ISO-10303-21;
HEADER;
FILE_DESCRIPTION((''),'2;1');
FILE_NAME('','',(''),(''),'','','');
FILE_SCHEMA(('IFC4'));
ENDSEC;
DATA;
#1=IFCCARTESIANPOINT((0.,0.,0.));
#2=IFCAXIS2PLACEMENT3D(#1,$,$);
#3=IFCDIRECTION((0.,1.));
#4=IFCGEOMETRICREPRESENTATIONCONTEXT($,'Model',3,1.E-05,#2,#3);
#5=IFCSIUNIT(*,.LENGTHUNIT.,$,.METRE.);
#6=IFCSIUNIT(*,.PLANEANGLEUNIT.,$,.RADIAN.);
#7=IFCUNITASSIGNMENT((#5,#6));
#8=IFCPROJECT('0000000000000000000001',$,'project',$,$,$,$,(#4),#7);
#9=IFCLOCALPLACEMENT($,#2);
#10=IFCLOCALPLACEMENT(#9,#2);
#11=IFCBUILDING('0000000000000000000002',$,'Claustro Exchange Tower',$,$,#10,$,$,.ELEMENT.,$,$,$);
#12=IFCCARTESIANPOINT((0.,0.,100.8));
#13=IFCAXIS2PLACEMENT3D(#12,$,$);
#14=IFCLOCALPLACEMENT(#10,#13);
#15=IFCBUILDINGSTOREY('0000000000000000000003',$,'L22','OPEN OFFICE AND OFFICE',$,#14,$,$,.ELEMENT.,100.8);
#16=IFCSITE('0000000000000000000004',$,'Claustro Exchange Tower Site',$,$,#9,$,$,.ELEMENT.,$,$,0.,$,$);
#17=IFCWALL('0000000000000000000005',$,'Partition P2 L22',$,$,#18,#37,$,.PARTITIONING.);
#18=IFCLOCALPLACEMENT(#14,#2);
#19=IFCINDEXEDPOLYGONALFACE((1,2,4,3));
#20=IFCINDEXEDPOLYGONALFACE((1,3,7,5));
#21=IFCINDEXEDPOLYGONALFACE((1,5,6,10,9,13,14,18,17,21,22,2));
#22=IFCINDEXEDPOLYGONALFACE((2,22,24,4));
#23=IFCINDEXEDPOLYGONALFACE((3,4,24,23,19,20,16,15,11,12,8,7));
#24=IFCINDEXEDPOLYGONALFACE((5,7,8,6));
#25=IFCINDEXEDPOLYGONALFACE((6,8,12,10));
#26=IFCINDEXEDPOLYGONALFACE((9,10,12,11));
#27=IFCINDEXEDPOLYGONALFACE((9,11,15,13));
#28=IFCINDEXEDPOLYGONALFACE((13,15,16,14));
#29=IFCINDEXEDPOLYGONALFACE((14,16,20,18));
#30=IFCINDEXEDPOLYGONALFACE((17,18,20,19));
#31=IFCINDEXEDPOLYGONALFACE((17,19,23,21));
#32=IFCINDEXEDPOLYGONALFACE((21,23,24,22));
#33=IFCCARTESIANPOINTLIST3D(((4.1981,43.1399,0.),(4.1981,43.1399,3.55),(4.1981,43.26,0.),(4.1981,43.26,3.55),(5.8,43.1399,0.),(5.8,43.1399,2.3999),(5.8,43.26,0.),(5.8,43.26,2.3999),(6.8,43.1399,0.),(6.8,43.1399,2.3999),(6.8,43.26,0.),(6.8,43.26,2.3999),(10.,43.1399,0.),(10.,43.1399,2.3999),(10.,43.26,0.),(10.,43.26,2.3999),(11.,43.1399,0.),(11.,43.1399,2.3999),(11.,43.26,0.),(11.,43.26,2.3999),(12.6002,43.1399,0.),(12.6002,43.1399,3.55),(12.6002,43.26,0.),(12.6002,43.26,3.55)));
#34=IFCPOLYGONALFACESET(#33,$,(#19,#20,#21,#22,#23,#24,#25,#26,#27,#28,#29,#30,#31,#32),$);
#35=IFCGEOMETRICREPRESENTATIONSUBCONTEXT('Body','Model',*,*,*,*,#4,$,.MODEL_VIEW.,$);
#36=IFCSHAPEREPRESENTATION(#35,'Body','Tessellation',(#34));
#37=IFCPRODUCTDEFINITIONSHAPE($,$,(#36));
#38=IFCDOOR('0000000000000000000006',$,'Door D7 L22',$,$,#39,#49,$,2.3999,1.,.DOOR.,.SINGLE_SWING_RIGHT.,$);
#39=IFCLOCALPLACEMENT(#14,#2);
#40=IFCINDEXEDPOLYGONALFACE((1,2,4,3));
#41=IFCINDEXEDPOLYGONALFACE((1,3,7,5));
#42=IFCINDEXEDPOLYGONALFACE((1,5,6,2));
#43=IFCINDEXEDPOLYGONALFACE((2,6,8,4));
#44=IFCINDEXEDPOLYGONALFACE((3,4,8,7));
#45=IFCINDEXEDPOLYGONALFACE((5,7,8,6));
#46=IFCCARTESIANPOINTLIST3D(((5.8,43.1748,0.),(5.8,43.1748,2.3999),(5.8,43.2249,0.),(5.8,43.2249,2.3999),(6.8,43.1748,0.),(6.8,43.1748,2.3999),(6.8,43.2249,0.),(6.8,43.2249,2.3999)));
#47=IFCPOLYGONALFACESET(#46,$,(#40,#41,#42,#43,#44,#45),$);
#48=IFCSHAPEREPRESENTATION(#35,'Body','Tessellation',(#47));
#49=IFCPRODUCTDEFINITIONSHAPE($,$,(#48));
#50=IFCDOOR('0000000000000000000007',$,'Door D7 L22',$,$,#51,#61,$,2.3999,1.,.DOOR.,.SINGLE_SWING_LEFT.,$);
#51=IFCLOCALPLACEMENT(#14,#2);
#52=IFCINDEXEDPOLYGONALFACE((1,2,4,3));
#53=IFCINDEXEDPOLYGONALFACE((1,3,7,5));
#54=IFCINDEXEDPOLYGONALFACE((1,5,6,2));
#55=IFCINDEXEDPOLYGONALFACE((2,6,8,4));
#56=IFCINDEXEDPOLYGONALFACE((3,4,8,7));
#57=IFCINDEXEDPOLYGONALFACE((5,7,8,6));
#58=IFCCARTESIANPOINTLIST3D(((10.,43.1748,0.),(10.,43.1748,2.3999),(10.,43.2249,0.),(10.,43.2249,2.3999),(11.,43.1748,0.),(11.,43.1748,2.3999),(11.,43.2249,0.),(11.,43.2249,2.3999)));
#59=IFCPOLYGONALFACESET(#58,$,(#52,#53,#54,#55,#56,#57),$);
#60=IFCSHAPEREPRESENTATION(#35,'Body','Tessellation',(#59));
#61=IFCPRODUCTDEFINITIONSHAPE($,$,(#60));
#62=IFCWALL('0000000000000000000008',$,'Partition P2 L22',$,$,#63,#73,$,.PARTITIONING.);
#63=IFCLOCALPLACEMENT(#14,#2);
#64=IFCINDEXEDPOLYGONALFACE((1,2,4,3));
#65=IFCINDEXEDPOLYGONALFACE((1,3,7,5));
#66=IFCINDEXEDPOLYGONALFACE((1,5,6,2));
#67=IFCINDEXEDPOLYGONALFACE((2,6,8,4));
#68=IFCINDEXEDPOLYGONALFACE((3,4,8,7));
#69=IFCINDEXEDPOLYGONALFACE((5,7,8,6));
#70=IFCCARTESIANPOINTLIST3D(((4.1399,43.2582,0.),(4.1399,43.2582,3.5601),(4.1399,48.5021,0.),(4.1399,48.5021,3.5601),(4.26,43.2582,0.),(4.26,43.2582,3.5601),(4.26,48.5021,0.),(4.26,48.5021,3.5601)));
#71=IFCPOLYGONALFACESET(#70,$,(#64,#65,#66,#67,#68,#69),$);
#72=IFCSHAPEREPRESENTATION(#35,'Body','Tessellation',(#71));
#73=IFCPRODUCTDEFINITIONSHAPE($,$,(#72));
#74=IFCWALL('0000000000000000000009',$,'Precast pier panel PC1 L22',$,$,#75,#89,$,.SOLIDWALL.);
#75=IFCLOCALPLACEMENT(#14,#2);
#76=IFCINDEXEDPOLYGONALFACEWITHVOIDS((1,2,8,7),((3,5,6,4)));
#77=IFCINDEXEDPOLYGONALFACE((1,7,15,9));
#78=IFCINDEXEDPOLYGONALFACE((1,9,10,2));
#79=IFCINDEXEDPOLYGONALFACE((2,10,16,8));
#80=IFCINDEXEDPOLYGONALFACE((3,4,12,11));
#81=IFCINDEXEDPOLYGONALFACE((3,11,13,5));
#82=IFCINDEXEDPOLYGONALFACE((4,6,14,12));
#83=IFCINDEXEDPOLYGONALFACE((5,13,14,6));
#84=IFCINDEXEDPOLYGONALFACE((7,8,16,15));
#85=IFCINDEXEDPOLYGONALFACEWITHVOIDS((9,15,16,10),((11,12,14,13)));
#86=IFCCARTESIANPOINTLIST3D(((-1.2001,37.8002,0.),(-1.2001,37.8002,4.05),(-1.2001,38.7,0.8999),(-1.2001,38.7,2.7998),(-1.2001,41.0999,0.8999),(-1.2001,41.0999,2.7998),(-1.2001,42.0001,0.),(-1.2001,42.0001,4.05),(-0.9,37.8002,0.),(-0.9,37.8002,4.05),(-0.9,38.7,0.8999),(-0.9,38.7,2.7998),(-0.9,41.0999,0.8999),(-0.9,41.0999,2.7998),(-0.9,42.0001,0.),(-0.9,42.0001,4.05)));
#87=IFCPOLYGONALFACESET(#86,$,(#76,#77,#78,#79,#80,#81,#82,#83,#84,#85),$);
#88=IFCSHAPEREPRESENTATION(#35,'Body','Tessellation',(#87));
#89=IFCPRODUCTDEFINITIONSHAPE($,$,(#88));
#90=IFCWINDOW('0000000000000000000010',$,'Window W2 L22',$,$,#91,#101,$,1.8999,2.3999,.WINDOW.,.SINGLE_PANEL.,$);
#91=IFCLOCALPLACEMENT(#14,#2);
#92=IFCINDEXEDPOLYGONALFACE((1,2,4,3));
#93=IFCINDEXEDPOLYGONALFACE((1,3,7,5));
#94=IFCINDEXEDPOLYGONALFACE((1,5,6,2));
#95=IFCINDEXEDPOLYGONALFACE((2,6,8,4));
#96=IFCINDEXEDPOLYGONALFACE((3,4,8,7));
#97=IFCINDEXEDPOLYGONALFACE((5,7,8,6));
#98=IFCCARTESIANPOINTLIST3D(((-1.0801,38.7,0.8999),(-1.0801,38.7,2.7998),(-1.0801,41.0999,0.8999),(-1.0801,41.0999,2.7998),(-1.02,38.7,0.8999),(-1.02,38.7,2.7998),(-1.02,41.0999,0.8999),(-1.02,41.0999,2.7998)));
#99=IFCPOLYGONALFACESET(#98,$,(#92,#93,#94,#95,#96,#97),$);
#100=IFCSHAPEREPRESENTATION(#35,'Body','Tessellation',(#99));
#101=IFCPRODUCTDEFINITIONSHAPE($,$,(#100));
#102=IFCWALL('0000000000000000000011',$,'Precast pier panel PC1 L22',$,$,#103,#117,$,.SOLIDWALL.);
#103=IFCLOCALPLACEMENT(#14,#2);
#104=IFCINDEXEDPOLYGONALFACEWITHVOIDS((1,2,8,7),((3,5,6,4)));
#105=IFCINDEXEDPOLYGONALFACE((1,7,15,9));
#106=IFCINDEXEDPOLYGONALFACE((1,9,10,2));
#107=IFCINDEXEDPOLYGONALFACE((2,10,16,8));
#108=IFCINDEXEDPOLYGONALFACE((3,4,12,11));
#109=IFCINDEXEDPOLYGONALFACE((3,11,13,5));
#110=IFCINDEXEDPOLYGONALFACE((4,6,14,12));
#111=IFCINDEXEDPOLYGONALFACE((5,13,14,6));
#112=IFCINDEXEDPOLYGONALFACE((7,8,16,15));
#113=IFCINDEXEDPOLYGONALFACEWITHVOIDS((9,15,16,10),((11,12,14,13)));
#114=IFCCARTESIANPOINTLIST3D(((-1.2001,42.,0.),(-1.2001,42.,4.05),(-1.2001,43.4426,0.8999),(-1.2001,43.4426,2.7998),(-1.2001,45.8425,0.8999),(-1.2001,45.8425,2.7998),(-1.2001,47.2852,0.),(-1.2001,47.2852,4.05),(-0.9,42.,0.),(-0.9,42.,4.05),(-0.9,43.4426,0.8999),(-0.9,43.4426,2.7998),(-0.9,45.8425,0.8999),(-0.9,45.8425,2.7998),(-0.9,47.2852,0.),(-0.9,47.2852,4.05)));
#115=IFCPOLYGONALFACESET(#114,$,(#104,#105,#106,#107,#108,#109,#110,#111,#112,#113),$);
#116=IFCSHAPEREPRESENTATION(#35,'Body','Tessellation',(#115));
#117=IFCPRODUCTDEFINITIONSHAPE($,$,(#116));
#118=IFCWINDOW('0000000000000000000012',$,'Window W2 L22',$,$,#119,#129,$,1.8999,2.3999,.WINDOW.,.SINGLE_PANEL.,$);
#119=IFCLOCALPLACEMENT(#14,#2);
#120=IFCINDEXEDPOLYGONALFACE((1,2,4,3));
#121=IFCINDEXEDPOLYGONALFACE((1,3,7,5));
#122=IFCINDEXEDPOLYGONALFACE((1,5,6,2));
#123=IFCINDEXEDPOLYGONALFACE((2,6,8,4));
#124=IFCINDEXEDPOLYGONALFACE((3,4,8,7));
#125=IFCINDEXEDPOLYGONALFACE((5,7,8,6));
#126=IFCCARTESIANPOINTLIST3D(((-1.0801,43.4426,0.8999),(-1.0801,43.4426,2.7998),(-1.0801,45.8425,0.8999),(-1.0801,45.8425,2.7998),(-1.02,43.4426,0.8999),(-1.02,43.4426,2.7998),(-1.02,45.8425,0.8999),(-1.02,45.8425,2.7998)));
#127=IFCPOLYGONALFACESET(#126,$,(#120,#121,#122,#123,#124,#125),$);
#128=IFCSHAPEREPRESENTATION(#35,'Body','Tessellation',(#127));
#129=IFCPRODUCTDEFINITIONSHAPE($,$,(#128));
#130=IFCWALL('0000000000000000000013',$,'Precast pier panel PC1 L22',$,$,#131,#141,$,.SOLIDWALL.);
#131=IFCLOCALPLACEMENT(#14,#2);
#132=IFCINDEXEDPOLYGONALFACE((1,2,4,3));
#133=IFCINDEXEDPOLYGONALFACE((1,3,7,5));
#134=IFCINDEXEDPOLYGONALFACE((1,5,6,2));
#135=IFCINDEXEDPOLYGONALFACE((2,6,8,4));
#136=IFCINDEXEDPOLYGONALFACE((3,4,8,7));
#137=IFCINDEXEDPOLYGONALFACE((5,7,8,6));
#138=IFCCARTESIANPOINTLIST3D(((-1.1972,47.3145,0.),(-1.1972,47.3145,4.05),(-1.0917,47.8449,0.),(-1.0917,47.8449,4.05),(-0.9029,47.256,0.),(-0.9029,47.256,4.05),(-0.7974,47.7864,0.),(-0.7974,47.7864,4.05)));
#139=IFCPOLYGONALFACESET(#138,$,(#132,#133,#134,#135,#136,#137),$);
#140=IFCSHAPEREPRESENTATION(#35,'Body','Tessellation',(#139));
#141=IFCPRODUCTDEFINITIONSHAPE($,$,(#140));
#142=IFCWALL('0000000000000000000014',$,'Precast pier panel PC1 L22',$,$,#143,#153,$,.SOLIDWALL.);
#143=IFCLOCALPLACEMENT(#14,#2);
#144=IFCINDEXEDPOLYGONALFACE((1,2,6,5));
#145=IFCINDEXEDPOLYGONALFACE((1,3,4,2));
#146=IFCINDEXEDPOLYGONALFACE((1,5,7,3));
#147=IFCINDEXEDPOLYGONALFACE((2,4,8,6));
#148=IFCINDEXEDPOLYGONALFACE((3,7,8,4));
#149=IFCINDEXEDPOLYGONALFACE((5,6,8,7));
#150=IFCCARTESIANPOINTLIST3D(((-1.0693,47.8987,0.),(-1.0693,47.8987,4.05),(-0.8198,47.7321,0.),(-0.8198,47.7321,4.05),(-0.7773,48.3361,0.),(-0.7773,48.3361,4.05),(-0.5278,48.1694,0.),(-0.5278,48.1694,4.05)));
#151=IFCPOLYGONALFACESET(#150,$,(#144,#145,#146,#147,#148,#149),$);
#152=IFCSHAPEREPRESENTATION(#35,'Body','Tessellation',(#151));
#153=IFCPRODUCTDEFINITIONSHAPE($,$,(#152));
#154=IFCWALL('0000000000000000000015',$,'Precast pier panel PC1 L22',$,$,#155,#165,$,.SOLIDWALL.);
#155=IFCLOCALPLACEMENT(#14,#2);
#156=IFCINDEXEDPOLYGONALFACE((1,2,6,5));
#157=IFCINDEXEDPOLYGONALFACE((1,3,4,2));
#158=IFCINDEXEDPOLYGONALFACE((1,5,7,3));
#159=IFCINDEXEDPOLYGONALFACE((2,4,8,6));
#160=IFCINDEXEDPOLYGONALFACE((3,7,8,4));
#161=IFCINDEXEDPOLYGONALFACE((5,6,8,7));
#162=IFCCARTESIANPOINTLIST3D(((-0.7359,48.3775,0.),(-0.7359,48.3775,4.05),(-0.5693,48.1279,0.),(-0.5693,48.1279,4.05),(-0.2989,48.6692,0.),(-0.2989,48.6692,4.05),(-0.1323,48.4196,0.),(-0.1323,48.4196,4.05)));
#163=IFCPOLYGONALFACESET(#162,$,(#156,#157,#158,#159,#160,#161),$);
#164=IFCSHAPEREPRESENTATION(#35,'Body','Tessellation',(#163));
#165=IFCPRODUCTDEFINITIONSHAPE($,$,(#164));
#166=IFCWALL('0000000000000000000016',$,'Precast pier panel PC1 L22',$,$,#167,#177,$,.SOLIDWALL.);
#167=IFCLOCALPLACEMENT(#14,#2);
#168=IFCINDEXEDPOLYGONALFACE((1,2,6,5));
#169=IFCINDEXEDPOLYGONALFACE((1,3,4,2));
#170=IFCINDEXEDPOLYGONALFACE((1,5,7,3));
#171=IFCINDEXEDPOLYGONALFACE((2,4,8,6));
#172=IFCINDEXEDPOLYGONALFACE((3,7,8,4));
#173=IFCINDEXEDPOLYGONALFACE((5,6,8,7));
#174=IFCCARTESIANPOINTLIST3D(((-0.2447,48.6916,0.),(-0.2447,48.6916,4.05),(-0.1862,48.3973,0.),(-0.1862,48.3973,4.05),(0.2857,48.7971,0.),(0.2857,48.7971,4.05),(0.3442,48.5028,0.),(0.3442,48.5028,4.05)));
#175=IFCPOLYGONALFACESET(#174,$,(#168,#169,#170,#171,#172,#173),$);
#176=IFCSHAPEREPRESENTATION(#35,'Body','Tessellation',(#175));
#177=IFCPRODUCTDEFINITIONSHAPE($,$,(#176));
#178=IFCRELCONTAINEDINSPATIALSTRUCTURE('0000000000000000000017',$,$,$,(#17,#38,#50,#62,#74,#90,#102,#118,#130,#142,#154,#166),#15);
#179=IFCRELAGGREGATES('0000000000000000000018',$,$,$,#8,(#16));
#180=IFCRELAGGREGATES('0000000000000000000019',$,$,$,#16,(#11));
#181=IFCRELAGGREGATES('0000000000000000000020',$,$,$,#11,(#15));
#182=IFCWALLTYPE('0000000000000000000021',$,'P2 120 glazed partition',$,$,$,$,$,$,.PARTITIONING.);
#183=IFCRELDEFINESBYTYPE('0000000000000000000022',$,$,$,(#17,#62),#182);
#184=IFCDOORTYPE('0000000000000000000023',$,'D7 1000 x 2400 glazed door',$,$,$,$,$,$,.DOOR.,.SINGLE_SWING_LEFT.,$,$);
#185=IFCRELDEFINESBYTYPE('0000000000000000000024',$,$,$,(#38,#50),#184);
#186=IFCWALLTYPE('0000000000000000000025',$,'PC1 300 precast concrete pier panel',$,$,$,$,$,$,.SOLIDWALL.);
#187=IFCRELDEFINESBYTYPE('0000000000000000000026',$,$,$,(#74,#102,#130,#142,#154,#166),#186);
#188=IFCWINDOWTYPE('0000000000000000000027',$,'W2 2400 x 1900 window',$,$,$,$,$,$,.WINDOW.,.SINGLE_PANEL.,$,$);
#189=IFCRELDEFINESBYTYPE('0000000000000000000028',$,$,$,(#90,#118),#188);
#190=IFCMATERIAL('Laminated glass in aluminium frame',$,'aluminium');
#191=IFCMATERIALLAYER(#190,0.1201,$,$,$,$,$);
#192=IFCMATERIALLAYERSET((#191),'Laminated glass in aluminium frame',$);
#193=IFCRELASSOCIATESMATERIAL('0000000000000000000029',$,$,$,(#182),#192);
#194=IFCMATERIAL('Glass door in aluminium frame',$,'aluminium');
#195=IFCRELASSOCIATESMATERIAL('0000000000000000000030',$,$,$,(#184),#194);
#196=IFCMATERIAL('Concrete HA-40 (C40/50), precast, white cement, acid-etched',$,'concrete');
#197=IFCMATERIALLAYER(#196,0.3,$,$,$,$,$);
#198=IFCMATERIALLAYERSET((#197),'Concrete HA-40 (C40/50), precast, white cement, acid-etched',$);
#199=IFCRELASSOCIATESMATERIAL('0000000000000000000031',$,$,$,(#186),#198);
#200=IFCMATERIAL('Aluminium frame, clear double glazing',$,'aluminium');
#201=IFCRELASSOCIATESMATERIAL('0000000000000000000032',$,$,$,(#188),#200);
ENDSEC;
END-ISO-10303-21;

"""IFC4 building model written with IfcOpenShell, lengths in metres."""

from ifc_helpers import new_model, si_unit, direction, frame, frame_2d, origin, place, context, subcontext, project, spatial, rectangle, extrude, material, layer, layer_set, type_object, element, fill, save


model = new_model("IFC4")

# Units and contexts
model_context = context("Model", 3, precision=1e-05, world=origin(), true_north=direction((0.0, 1.0)))
body_context = subcontext(model_context, "Body", "Model", "MODEL_VIEW")
ifc_project = project(units=[si_unit("LENGTHUNIT", "METRE"), si_unit("PLANEANGLEUNIT", "RADIAN")], contexts=[model_context])

# Site, building, storey
site_placement = place(None, origin())
site = spatial("IfcSite", under=ifc_project, at=site_placement, Name="Claustro Exchange Tower Site", CompositionType="ELEMENT", RefElevation=0.0)
building_placement = place(site_placement, origin())
building = spatial("IfcBuilding", under=site, at=building_placement, Name="Claustro Exchange Tower", CompositionType="ELEMENT")
storey_placement = place(building_placement, frame((0.0, 0.0, 100.8)))
storey = spatial("IfcBuildingStorey", under=building, at=storey_placement, Name="L22", Description="OPEN OFFICE AND OFFICE", CompositionType="ELEMENT", Elevation=100.8)

# Shared definitions
ifc_material_1 = material(Name="Laminated glass in aluminium frame", Category="aluminium")
ifc_layer_1 = layer(ifc_material_1, 0.1201)
ifc_layer_set_1 = layer_set([ifc_layer_1], Name="Laminated glass in aluminium frame")
wall_type_1 = type_object("IfcWallType", Name="P2 120 glazed partition", PredefinedType="PARTITIONING", material=ifc_layer_set_1)
ifc_material_2 = material(Name="Glass door in aluminium frame", Category="aluminium")
door_type = type_object("IfcDoorType", Name="D7 1000 x 2400 glazed door", OperationType="SINGLE_SWING_LEFT", PredefinedType="DOOR", material=ifc_material_2)

# Wall, openings, doors
wall_1_placement = place(storey_placement, frame((4.198, 43.2, 0.0), z_axis=(0.0, 0.0, 1.0), x_axis=(1.0, 0.0, 0.0)))
wall_1 = element("IfcWall", 1, at=wall_1_placement, inside=storey, type_object=wall_type_1, Name="Partition P2 L22", PredefinedType="PARTITIONING", context=body_context, shape_type="SweptSolid", body=[
    extrude(rectangle(XDim=8.4021, YDim=0.1201, at=frame_2d((4.2012, 0.0))), origin(), (0.0, 0.0, 1.0), 3.55),
])
opening_1_placement = place(wall_1_placement, frame((1.6021, 0.0, 0.0)))
opening_1 = element("IfcOpeningElement", 2, at=opening_1_placement, cuts=wall_1, PredefinedType="OPENING", context=body_context, shape_type="SweptSolid", body=[
    extrude(rectangle(XDim=1.0, YDim=2.3999, at=frame_2d((0.5, 1.2))), frame((0.0, 0.0701, 0.0), z_axis=(0.0, -1.0, 0.0), x_axis=(1.0, 0.0, 0.0)), (0.0, 0.0, 1.0), 0.1401),
])
opening_2_placement = place(wall_1_placement, frame((5.802, 0.0, 0.0)))
opening_2 = element("IfcOpeningElement", 3, at=opening_2_placement, cuts=wall_1, PredefinedType="OPENING", context=body_context, shape_type="SweptSolid", body=[
    extrude(rectangle(XDim=1.0, YDim=2.3999, at=frame_2d((0.5, 1.2))), frame((0.0, 0.0701, 0.0), z_axis=(0.0, -1.0, 0.0), x_axis=(1.0, 0.0, 0.0)), (0.0, 0.0, 1.0), 0.1401),
])
door_1_placement = place(opening_1_placement, origin())
door_1 = element("IfcDoor", 4, at=door_1_placement, inside=storey, type_object=door_type, Name="Door D7 L22", OperationType="SINGLE_SWING_RIGHT", OverallHeight=2.3999, OverallWidth=1.0, PredefinedType="DOOR", context=body_context, shape_type="SweptSolid", body=[
    extrude(rectangle(XDim=1.0, YDim=2.3999, at=frame_2d((0.5, 1.2))), frame((0.0, 0.0249, 0.0), z_axis=(0.0, -1.0, 0.0), x_axis=(1.0, 0.0, 0.0)), (0.0, 0.0, 1.0), 0.05),
])
fill(opening_1, door_1)
door_2_placement = place(opening_2_placement, origin())
door_2 = element("IfcDoor", 5, at=door_2_placement, inside=storey, type_object=door_type, Name="Door D7 L22", OperationType="SINGLE_SWING_LEFT", OverallHeight=2.3999, OverallWidth=1.0, PredefinedType="DOOR", context=body_context, shape_type="SweptSolid", body=[
    extrude(rectangle(XDim=1.0, YDim=2.3999, at=frame_2d((0.5, 1.2))), frame((0.0, 0.0249, 0.0), z_axis=(0.0, -1.0, 0.0), x_axis=(1.0, 0.0, 0.0)), (0.0, 0.0, 1.0), 0.05),
])
fill(opening_2, door_2)

# Wall
wall_2_placement = place(storey_placement, frame((4.2, 43.2581, 0.0), z_axis=(0.0, 0.0, 1.0), x_axis=(0.0, 1.0, 0.0)))
element("IfcWall", 6, at=wall_2_placement, inside=storey, type_object=wall_type_1, Name="Partition P2 L22", PredefinedType="PARTITIONING", context=body_context, shape_type="SweptSolid", body=[
    extrude(rectangle(XDim=5.2439, YDim=0.1201, at=frame_2d((2.6221, 0.0))), origin(), (0.0, 0.0, 1.0), 3.5601),
])

# Walls, openings, windows
ifc_material_3 = material(Name="Concrete HA-40 (C40/50), precast, white cement, acid-etched", Category="concrete")
ifc_layer_2 = layer(ifc_material_3, 0.3)
ifc_layer_set_2 = layer_set([ifc_layer_2], Name="Concrete HA-40 (C40/50), precast, white cement, acid-etched")
wall_type_2 = type_object("IfcWallType", Name="PC1 300 precast concrete pier panel", PredefinedType="SOLIDWALL", material=ifc_layer_set_2)
wall_3_placement = place(storey_placement, frame((-1.05, 37.8, 0.0), z_axis=(0.0, 0.0, 1.0), x_axis=(0.0, 1.0, 0.0)))
wall_3 = element("IfcWall", 7, at=wall_3_placement, inside=storey, type_object=wall_type_2, Name="Precast pier panel PC1 L22", PredefinedType="SOLIDWALL", context=body_context, shape_type="SweptSolid", body=[
    extrude(rectangle(XDim=4.2, YDim=0.3, at=frame_2d((2.1001, 0.0))), origin(), (0.0, 0.0, 1.0), 4.05),
])
opening_3_placement = place(wall_3_placement, frame((0.8999, 0.0, 0.8999)))
opening_3 = element("IfcOpeningElement", 8, at=opening_3_placement, cuts=wall_3, PredefinedType="OPENING", context=body_context, shape_type="SweptSolid", body=[
    extrude(rectangle(XDim=2.3999, YDim=1.8999, at=frame_2d((1.2, 0.95))), frame((0.0, 0.1599, 0.0), z_axis=(0.0, -1.0, 0.0), x_axis=(1.0, 0.0, 0.0)), (0.0, 0.0, 1.0), 0.3201),
])
ifc_material_4 = material(Name="Aluminium frame, clear double glazing", Category="aluminium")
window_type_1 = type_object("IfcWindowType", Name="W2 2400 x 1900 window", PartitioningType="SINGLE_PANEL", PredefinedType="WINDOW", material=ifc_material_4)
window_1_placement = place(opening_3_placement, origin())
window_1 = element("IfcWindow", 9, at=window_1_placement, inside=storey, type_object=window_type_1, Name="Window W2 L22", OverallHeight=1.8999, OverallWidth=2.3999, PartitioningType="SINGLE_PANEL", PredefinedType="WINDOW", context=body_context, shape_type="SweptSolid", body=[
    extrude(rectangle(XDim=2.3999, YDim=1.8999, at=frame_2d((1.2, 0.95))), frame((0.0, 0.03, 0.0), z_axis=(0.0, -1.0, 0.0), x_axis=(1.0, 0.0, 0.0)), (0.0, 0.0, 1.0), 0.0601),
])
fill(opening_3, window_1)
wall_4_placement = place(storey_placement, frame((-1.05, 42.0, 0.0), z_axis=(0.0, 0.0, 1.0), x_axis=(0.0, 1.0, 0.0)))
wall_4 = element("IfcWall", 10, at=wall_4_placement, inside=storey, type_object=wall_type_2, Name="Precast pier panel PC1 L22", PredefinedType="SOLIDWALL", context=body_context, shape_type="SweptSolid", body=[
    extrude(rectangle(XDim=5.2852, YDim=0.3, at=frame_2d((2.6426, 0.0))), origin(), (0.0, 0.0, 1.0), 4.05),
])
opening_4_placement = place(wall_4_placement, frame((1.4426, 0.0, 0.8999)))
opening_4 = element("IfcOpeningElement", 11, at=opening_4_placement, cuts=wall_4, PredefinedType="OPENING", context=body_context, shape_type="SweptSolid", body=[
    extrude(rectangle(XDim=2.3999, YDim=1.8999, at=frame_2d((1.2, 0.95))), frame((0.0, 0.1599, 0.0), z_axis=(0.0, -1.0, 0.0), x_axis=(1.0, 0.0, 0.0)), (0.0, 0.0, 1.0), 0.3201),
])
window_2_placement = place(opening_4_placement, origin())
window_2 = element("IfcWindow", 12, at=window_2_placement, inside=storey, type_object=window_type_1, Name="Window W2 L22", OverallHeight=1.8999, OverallWidth=2.3999, PartitioningType="SINGLE_PANEL", PredefinedType="WINDOW", context=body_context, shape_type="SweptSolid", body=[
    extrude(rectangle(XDim=2.3999, YDim=1.8999, at=frame_2d((1.2, 0.95))), frame((0.0, 0.03, 0.0), z_axis=(0.0, -1.0, 0.0), x_axis=(1.0, 0.0, 0.0)), (0.0, 0.0, 1.0), 0.0601),
])
fill(opening_4, window_2)

# Walls
wall_5_placement = place(storey_placement, frame((-1.05, 47.2852, 0.0), z_axis=(0.0, 0.0, 1.0), x_axis=(0.195074, 0.980789, 0.0)))
element("IfcWall", 13, at=wall_5_placement, inside=storey, type_object=wall_type_2, Name="Precast pier panel PC1 L22", PredefinedType="SOLIDWALL", context=body_context, shape_type="SweptSolid", body=[
    extrude(rectangle(XDim=0.5408, YDim=0.3, at=frame_2d((0.2705, 0.0))), origin(), (0.0, 0.0, 1.0), 4.05),
])
wall_6_placement = place(storey_placement, frame((-0.9446, 47.8154, 0.0), z_axis=(0.0, 0.0, 1.0), x_axis=(0.555343, 0.831621, 0.0)))
element("IfcWall", 14, at=wall_6_placement, inside=storey, type_object=wall_type_2, Name="Precast pier panel PC1 L22", PredefinedType="SOLIDWALL", context=body_context, shape_type="SweptSolid", body=[
    extrude(rectangle(XDim=0.5259, YDim=0.3, at=frame_2d((0.2629, 0.0))), origin(), (0.0, 0.0, 1.0), 4.05),
])
wall_7_placement = place(storey_placement, frame((-0.6526, 48.2527, 0.0), z_axis=(0.0, 0.0, 1.0), x_axis=(0.831693, 0.555236, 0.0)))
element("IfcWall", 15, at=wall_7_placement, inside=storey, type_object=wall_type_2, Name="Precast pier panel PC1 L22", PredefinedType="SOLIDWALL", context=body_context, shape_type="SweptSolid", body=[
    extrude(rectangle(XDim=0.5254, YDim=0.3, at=frame_2d((0.2627, 0.0))), origin(), (0.0, 0.0, 1.0), 4.05),
])
wall_8_placement = place(storey_placement, frame((-0.2156, 48.5444, 0.0), z_axis=(0.0, 0.0, 1.0), x_axis=(0.980789, 0.195074, 0.0)))
element("IfcWall", 16, at=wall_8_placement, inside=storey, type_object=wall_type_2, Name="Precast pier panel PC1 L22", PredefinedType="SOLIDWALL", context=body_context, shape_type="SweptSolid", body=[
    extrude(rectangle(XDim=0.5408, YDim=0.3, at=frame_2d((0.2705, 0.0))), origin(), (0.0, 0.0, 1.0), 4.05),
])

save(model, "model.ifc")
